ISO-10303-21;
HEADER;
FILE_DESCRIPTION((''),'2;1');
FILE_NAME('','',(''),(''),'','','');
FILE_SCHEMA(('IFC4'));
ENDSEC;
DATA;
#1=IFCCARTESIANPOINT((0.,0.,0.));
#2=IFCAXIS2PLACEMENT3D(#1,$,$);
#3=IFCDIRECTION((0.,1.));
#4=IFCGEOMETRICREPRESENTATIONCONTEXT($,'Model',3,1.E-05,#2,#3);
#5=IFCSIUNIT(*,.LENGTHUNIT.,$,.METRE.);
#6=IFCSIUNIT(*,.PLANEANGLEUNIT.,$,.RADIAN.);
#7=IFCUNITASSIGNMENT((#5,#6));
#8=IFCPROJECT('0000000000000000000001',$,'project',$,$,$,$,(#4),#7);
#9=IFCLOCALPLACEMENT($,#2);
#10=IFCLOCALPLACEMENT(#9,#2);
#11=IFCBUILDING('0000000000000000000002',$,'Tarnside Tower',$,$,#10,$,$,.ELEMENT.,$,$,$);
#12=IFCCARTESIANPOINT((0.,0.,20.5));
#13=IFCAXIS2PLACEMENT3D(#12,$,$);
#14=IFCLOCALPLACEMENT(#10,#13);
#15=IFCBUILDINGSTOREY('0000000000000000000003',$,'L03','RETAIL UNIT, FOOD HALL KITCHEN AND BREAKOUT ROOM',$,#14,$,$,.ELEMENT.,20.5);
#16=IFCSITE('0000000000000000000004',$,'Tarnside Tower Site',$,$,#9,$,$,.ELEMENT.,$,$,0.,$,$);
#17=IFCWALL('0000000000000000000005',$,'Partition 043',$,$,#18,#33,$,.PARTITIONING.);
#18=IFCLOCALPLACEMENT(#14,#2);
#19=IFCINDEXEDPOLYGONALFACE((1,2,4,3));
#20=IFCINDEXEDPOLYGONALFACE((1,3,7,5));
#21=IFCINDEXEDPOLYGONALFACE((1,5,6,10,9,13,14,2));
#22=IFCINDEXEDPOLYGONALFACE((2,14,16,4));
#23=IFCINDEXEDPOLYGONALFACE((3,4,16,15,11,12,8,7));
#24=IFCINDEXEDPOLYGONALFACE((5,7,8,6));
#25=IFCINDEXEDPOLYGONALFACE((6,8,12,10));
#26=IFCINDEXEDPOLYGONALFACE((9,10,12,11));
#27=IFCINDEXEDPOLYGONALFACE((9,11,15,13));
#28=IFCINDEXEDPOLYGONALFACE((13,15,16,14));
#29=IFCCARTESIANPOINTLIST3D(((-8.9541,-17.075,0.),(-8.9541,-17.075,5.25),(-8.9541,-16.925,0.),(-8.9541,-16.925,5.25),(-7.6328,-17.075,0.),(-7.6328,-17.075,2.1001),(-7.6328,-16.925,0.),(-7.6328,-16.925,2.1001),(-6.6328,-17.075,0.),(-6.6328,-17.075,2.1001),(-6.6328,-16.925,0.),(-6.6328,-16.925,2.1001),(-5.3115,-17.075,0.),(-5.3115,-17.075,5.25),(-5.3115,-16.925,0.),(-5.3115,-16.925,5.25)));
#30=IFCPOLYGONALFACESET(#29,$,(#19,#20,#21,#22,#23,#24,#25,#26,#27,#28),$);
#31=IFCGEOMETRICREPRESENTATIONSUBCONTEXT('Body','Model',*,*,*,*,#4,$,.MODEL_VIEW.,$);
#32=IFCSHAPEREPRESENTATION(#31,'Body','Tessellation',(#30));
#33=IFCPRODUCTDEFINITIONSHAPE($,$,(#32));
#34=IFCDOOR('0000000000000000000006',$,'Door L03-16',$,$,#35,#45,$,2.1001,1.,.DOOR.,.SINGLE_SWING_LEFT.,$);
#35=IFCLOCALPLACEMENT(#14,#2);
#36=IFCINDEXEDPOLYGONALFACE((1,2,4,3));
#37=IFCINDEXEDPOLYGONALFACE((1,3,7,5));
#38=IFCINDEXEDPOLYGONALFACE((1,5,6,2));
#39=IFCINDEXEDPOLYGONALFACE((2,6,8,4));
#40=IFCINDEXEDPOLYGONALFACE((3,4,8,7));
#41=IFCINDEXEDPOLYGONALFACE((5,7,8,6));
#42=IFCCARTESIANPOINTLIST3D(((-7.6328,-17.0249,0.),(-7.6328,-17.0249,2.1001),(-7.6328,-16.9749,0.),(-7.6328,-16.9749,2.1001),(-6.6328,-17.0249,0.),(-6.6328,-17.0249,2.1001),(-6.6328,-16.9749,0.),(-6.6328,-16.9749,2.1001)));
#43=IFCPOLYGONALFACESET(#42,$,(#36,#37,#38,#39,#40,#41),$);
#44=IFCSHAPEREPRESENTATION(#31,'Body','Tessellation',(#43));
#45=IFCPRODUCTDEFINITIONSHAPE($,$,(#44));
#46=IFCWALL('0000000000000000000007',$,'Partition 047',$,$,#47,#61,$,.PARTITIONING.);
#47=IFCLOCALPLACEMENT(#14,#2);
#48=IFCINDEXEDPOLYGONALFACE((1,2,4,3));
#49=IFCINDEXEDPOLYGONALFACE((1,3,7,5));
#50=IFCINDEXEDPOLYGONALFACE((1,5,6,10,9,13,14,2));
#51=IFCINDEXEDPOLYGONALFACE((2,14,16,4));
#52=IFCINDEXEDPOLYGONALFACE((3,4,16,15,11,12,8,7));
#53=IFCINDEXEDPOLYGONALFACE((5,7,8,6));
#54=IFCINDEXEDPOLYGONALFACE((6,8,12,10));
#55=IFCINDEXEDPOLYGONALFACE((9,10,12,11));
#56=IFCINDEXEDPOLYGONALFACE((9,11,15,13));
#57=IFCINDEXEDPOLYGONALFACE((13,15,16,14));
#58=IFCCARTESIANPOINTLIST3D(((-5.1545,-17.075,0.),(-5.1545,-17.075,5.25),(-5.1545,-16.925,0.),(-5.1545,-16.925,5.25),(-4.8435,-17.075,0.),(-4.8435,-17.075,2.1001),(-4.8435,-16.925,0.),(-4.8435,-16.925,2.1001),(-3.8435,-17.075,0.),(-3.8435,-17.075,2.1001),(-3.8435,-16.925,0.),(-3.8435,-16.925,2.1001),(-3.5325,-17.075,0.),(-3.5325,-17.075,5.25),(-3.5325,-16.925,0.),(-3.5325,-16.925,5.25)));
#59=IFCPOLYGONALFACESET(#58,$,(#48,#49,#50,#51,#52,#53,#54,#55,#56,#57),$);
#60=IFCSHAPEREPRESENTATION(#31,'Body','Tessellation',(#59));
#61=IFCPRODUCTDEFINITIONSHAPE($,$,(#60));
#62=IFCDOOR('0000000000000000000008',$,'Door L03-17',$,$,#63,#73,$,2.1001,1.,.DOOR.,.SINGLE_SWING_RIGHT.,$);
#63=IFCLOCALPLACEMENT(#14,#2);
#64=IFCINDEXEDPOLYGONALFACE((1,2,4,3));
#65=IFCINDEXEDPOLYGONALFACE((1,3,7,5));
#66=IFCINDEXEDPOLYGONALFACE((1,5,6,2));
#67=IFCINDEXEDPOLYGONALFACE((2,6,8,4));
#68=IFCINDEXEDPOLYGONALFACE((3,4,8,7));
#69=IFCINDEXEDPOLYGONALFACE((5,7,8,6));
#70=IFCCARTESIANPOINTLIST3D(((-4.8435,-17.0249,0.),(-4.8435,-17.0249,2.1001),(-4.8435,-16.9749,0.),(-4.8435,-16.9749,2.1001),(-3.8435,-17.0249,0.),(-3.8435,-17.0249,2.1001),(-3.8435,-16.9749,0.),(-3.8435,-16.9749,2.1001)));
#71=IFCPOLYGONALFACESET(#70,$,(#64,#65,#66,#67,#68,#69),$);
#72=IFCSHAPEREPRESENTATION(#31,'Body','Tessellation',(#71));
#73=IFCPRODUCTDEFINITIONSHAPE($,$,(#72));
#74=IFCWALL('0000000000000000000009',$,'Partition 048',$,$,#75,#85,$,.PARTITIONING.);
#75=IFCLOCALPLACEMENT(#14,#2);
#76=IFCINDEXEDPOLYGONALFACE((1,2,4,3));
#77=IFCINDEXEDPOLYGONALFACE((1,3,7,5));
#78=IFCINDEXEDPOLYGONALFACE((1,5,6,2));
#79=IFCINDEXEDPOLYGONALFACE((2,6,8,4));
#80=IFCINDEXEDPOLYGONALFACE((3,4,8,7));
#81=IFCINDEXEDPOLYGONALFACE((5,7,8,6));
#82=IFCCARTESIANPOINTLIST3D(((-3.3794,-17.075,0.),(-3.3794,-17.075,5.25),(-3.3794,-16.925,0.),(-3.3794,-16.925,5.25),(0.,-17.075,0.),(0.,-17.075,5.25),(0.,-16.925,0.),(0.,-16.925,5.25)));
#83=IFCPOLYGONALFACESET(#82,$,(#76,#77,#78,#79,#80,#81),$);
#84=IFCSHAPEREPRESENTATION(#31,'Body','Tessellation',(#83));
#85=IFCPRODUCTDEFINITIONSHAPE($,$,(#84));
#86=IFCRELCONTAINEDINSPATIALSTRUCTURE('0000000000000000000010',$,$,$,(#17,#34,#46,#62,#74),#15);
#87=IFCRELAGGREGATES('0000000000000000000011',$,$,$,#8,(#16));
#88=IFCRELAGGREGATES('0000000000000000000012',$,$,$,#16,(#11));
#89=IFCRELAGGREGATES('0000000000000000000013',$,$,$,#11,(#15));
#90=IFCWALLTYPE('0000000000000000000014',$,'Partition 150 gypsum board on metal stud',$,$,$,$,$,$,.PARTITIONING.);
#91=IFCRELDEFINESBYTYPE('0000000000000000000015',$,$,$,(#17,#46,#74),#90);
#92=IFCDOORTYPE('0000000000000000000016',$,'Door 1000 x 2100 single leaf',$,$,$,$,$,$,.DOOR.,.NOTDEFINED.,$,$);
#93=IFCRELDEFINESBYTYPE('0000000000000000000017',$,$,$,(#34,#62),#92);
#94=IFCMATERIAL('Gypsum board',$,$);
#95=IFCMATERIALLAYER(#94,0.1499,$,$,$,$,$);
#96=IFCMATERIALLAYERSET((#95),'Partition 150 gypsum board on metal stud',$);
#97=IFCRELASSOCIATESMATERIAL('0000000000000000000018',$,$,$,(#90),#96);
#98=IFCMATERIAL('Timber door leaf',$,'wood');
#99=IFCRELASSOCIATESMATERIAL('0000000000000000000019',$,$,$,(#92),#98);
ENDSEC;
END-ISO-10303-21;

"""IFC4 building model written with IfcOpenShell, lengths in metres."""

from ifc_helpers import new_model, si_unit, direction, frame, frame_2d, origin, place, context, subcontext, project, spatial, rectangle, extrude, material, layer, layer_set, type_object, element, fill, save


model = new_model("IFC4")

# Units and contexts
model_context = context("Model", 3, precision=1e-05, world=origin(), true_north=direction((0.0, 1.0)))
body_context = subcontext(model_context, "Body", "Model", "MODEL_VIEW")
ifc_project = project(units=[si_unit("LENGTHUNIT", "METRE"), si_unit("PLANEANGLEUNIT", "RADIAN")], contexts=[model_context])

# Site, building, storey
site_placement = place(None, origin())
site = spatial("IfcSite", under=ifc_project, at=site_placement, Name="Tarnside Tower Site", CompositionType="ELEMENT", RefElevation=0.0)
building_placement = place(site_placement, origin())
building = spatial("IfcBuilding", under=site, at=building_placement, Name="Tarnside Tower", CompositionType="ELEMENT")
storey_placement = place(building_placement, frame((0.0, 0.0, 20.5)))
storey = spatial("IfcBuildingStorey", under=building, at=storey_placement, Name="L03", Description="RETAIL UNIT, FOOD HALL KITCHEN AND BREAKOUT ROOM", CompositionType="ELEMENT", Elevation=20.5)

# Walls, openings, doors
ifc_material_1 = material(Name="Gypsum board")
ifc_layer_1 = layer(ifc_material_1, 0.1499)
ifc_layer_set_1 = layer_set([ifc_layer_1], Name="Partition 150 gypsum board on metal stud")
wall_type_1 = type_object("IfcWallType", Name="Partition 150 gypsum board on metal stud", PredefinedType="PARTITIONING", material=ifc_layer_set_1)
wall_1_placement = place(storey_placement, frame((-5.3115, -17.0, 0.0), z_axis=(0.0, 0.0, 1.0), x_axis=(-1.0, 0.0, 0.0)))
wall_1 = element("IfcWall", 1, at=wall_1_placement, inside=storey, type_object=wall_type_1, Name="Partition 043", PredefinedType="PARTITIONING", context=body_context, shape_type="SweptSolid", body=[
    extrude(rectangle(XDim=3.6426, YDim=0.1499, at=frame_2d((1.8213, 0.0))), origin(), (0.0, 0.0, 1.0), 5.25),
])
opening_1_placement = place(wall_1_placement, frame((1.3213, 0.0, 0.0)))
opening_1 = element("IfcOpeningElement", 2, at=opening_1_placement, cuts=wall_1, PredefinedType="OPENING", context=body_context, shape_type="SweptSolid", body=[
    extrude(rectangle(XDim=1.0, YDim=2.1001, at=frame_2d((0.5, 1.05))), frame((0.0, 0.085, 0.0), z_axis=(0.0, -1.0, 0.0), x_axis=(1.0, 0.0, 0.0)), (0.0, 0.0, 1.0), 0.1699),
])
ifc_material_2 = material(Name="Timber door leaf", Category="wood")
door_type_1 = type_object("IfcDoorType", Name="Door 1000 x 2100 single leaf", OperationType="NOTDEFINED", PredefinedType="DOOR", material=ifc_material_2)
door_1_placement = place(opening_1_placement, origin())
door_1 = element("IfcDoor", 3, at=door_1_placement, inside=storey, type_object=door_type_1, Name="Door L03-16", OperationType="SINGLE_SWING_LEFT", OverallHeight=2.1001, OverallWidth=1.0, PredefinedType="DOOR", context=body_context, shape_type="SweptSolid", body=[
    extrude(rectangle(XDim=1.0, YDim=2.1001, at=frame_2d((0.5, 1.05))), frame((0.0, 0.0249, 0.0), z_axis=(0.0, -1.0, 0.0), x_axis=(1.0, 0.0, 0.0)), (0.0, 0.0, 1.0), 0.05),
])
fill(opening_1, door_1)
wall_2_placement = place(storey_placement, frame((-3.5325, -17.0, 0.0), z_axis=(0.0, 0.0, 1.0), x_axis=(-1.0, 0.0, 0.0)))
wall_2 = element("IfcWall", 4, at=wall_2_placement, inside=storey, type_object=wall_type_1, Name="Partition 047", PredefinedType="PARTITIONING", context=body_context, shape_type="SweptSolid", body=[
    extrude(rectangle(XDim=1.6221, YDim=0.1499, at=frame_2d((0.811, 0.0))), origin(), (0.0, 0.0, 1.0), 5.25),
])
opening_2_placement = place(wall_2_placement, frame((0.311, 0.0, 0.0)))
opening_2 = element("IfcOpeningElement", 5, at=opening_2_placement, cuts=wall_2, PredefinedType="OPENING", context=body_context, shape_type="SweptSolid", body=[
    extrude(rectangle(XDim=1.0, YDim=2.1001, at=frame_2d((0.5, 1.05))), frame((0.0, 0.085, 0.0), z_axis=(0.0, -1.0, 0.0), x_axis=(1.0, 0.0, 0.0)), (0.0, 0.0, 1.0), 0.1699),
])
door_2_placement = place(opening_2_placement, origin())
door_2 = element("IfcDoor", 6, at=door_2_placement, inside=storey, type_object=door_type_1, Name="Door L03-17", OperationType="SINGLE_SWING_RIGHT", OverallHeight=2.1001, OverallWidth=1.0, PredefinedType="DOOR", context=body_context, shape_type="SweptSolid", body=[
    extrude(rectangle(XDim=1.0, YDim=2.1001, at=frame_2d((0.5, 1.05))), frame((0.0, 0.0249, 0.0), z_axis=(0.0, -1.0, 0.0), x_axis=(1.0, 0.0, 0.0)), (0.0, 0.0, 1.0), 0.05),
])
fill(opening_2, door_2)

# Wall
wall_3_placement = place(storey_placement, frame((-3.3794, -17.0, 0.0), z_axis=(0.0, 0.0, 1.0), x_axis=(1.0, 0.0, 0.0)))
element("IfcWall", 7, at=wall_3_placement, inside=storey, type_object=wall_type_1, Name="Partition 048", PredefinedType="PARTITIONING", context=body_context, shape_type="SweptSolid", body=[
    extrude(rectangle(XDim=3.3794, YDim=0.1499, at=frame_2d((1.6897, 0.0))), origin(), (0.0, 0.0, 1.0), 5.25),
])

save(model, "model.ifc")
